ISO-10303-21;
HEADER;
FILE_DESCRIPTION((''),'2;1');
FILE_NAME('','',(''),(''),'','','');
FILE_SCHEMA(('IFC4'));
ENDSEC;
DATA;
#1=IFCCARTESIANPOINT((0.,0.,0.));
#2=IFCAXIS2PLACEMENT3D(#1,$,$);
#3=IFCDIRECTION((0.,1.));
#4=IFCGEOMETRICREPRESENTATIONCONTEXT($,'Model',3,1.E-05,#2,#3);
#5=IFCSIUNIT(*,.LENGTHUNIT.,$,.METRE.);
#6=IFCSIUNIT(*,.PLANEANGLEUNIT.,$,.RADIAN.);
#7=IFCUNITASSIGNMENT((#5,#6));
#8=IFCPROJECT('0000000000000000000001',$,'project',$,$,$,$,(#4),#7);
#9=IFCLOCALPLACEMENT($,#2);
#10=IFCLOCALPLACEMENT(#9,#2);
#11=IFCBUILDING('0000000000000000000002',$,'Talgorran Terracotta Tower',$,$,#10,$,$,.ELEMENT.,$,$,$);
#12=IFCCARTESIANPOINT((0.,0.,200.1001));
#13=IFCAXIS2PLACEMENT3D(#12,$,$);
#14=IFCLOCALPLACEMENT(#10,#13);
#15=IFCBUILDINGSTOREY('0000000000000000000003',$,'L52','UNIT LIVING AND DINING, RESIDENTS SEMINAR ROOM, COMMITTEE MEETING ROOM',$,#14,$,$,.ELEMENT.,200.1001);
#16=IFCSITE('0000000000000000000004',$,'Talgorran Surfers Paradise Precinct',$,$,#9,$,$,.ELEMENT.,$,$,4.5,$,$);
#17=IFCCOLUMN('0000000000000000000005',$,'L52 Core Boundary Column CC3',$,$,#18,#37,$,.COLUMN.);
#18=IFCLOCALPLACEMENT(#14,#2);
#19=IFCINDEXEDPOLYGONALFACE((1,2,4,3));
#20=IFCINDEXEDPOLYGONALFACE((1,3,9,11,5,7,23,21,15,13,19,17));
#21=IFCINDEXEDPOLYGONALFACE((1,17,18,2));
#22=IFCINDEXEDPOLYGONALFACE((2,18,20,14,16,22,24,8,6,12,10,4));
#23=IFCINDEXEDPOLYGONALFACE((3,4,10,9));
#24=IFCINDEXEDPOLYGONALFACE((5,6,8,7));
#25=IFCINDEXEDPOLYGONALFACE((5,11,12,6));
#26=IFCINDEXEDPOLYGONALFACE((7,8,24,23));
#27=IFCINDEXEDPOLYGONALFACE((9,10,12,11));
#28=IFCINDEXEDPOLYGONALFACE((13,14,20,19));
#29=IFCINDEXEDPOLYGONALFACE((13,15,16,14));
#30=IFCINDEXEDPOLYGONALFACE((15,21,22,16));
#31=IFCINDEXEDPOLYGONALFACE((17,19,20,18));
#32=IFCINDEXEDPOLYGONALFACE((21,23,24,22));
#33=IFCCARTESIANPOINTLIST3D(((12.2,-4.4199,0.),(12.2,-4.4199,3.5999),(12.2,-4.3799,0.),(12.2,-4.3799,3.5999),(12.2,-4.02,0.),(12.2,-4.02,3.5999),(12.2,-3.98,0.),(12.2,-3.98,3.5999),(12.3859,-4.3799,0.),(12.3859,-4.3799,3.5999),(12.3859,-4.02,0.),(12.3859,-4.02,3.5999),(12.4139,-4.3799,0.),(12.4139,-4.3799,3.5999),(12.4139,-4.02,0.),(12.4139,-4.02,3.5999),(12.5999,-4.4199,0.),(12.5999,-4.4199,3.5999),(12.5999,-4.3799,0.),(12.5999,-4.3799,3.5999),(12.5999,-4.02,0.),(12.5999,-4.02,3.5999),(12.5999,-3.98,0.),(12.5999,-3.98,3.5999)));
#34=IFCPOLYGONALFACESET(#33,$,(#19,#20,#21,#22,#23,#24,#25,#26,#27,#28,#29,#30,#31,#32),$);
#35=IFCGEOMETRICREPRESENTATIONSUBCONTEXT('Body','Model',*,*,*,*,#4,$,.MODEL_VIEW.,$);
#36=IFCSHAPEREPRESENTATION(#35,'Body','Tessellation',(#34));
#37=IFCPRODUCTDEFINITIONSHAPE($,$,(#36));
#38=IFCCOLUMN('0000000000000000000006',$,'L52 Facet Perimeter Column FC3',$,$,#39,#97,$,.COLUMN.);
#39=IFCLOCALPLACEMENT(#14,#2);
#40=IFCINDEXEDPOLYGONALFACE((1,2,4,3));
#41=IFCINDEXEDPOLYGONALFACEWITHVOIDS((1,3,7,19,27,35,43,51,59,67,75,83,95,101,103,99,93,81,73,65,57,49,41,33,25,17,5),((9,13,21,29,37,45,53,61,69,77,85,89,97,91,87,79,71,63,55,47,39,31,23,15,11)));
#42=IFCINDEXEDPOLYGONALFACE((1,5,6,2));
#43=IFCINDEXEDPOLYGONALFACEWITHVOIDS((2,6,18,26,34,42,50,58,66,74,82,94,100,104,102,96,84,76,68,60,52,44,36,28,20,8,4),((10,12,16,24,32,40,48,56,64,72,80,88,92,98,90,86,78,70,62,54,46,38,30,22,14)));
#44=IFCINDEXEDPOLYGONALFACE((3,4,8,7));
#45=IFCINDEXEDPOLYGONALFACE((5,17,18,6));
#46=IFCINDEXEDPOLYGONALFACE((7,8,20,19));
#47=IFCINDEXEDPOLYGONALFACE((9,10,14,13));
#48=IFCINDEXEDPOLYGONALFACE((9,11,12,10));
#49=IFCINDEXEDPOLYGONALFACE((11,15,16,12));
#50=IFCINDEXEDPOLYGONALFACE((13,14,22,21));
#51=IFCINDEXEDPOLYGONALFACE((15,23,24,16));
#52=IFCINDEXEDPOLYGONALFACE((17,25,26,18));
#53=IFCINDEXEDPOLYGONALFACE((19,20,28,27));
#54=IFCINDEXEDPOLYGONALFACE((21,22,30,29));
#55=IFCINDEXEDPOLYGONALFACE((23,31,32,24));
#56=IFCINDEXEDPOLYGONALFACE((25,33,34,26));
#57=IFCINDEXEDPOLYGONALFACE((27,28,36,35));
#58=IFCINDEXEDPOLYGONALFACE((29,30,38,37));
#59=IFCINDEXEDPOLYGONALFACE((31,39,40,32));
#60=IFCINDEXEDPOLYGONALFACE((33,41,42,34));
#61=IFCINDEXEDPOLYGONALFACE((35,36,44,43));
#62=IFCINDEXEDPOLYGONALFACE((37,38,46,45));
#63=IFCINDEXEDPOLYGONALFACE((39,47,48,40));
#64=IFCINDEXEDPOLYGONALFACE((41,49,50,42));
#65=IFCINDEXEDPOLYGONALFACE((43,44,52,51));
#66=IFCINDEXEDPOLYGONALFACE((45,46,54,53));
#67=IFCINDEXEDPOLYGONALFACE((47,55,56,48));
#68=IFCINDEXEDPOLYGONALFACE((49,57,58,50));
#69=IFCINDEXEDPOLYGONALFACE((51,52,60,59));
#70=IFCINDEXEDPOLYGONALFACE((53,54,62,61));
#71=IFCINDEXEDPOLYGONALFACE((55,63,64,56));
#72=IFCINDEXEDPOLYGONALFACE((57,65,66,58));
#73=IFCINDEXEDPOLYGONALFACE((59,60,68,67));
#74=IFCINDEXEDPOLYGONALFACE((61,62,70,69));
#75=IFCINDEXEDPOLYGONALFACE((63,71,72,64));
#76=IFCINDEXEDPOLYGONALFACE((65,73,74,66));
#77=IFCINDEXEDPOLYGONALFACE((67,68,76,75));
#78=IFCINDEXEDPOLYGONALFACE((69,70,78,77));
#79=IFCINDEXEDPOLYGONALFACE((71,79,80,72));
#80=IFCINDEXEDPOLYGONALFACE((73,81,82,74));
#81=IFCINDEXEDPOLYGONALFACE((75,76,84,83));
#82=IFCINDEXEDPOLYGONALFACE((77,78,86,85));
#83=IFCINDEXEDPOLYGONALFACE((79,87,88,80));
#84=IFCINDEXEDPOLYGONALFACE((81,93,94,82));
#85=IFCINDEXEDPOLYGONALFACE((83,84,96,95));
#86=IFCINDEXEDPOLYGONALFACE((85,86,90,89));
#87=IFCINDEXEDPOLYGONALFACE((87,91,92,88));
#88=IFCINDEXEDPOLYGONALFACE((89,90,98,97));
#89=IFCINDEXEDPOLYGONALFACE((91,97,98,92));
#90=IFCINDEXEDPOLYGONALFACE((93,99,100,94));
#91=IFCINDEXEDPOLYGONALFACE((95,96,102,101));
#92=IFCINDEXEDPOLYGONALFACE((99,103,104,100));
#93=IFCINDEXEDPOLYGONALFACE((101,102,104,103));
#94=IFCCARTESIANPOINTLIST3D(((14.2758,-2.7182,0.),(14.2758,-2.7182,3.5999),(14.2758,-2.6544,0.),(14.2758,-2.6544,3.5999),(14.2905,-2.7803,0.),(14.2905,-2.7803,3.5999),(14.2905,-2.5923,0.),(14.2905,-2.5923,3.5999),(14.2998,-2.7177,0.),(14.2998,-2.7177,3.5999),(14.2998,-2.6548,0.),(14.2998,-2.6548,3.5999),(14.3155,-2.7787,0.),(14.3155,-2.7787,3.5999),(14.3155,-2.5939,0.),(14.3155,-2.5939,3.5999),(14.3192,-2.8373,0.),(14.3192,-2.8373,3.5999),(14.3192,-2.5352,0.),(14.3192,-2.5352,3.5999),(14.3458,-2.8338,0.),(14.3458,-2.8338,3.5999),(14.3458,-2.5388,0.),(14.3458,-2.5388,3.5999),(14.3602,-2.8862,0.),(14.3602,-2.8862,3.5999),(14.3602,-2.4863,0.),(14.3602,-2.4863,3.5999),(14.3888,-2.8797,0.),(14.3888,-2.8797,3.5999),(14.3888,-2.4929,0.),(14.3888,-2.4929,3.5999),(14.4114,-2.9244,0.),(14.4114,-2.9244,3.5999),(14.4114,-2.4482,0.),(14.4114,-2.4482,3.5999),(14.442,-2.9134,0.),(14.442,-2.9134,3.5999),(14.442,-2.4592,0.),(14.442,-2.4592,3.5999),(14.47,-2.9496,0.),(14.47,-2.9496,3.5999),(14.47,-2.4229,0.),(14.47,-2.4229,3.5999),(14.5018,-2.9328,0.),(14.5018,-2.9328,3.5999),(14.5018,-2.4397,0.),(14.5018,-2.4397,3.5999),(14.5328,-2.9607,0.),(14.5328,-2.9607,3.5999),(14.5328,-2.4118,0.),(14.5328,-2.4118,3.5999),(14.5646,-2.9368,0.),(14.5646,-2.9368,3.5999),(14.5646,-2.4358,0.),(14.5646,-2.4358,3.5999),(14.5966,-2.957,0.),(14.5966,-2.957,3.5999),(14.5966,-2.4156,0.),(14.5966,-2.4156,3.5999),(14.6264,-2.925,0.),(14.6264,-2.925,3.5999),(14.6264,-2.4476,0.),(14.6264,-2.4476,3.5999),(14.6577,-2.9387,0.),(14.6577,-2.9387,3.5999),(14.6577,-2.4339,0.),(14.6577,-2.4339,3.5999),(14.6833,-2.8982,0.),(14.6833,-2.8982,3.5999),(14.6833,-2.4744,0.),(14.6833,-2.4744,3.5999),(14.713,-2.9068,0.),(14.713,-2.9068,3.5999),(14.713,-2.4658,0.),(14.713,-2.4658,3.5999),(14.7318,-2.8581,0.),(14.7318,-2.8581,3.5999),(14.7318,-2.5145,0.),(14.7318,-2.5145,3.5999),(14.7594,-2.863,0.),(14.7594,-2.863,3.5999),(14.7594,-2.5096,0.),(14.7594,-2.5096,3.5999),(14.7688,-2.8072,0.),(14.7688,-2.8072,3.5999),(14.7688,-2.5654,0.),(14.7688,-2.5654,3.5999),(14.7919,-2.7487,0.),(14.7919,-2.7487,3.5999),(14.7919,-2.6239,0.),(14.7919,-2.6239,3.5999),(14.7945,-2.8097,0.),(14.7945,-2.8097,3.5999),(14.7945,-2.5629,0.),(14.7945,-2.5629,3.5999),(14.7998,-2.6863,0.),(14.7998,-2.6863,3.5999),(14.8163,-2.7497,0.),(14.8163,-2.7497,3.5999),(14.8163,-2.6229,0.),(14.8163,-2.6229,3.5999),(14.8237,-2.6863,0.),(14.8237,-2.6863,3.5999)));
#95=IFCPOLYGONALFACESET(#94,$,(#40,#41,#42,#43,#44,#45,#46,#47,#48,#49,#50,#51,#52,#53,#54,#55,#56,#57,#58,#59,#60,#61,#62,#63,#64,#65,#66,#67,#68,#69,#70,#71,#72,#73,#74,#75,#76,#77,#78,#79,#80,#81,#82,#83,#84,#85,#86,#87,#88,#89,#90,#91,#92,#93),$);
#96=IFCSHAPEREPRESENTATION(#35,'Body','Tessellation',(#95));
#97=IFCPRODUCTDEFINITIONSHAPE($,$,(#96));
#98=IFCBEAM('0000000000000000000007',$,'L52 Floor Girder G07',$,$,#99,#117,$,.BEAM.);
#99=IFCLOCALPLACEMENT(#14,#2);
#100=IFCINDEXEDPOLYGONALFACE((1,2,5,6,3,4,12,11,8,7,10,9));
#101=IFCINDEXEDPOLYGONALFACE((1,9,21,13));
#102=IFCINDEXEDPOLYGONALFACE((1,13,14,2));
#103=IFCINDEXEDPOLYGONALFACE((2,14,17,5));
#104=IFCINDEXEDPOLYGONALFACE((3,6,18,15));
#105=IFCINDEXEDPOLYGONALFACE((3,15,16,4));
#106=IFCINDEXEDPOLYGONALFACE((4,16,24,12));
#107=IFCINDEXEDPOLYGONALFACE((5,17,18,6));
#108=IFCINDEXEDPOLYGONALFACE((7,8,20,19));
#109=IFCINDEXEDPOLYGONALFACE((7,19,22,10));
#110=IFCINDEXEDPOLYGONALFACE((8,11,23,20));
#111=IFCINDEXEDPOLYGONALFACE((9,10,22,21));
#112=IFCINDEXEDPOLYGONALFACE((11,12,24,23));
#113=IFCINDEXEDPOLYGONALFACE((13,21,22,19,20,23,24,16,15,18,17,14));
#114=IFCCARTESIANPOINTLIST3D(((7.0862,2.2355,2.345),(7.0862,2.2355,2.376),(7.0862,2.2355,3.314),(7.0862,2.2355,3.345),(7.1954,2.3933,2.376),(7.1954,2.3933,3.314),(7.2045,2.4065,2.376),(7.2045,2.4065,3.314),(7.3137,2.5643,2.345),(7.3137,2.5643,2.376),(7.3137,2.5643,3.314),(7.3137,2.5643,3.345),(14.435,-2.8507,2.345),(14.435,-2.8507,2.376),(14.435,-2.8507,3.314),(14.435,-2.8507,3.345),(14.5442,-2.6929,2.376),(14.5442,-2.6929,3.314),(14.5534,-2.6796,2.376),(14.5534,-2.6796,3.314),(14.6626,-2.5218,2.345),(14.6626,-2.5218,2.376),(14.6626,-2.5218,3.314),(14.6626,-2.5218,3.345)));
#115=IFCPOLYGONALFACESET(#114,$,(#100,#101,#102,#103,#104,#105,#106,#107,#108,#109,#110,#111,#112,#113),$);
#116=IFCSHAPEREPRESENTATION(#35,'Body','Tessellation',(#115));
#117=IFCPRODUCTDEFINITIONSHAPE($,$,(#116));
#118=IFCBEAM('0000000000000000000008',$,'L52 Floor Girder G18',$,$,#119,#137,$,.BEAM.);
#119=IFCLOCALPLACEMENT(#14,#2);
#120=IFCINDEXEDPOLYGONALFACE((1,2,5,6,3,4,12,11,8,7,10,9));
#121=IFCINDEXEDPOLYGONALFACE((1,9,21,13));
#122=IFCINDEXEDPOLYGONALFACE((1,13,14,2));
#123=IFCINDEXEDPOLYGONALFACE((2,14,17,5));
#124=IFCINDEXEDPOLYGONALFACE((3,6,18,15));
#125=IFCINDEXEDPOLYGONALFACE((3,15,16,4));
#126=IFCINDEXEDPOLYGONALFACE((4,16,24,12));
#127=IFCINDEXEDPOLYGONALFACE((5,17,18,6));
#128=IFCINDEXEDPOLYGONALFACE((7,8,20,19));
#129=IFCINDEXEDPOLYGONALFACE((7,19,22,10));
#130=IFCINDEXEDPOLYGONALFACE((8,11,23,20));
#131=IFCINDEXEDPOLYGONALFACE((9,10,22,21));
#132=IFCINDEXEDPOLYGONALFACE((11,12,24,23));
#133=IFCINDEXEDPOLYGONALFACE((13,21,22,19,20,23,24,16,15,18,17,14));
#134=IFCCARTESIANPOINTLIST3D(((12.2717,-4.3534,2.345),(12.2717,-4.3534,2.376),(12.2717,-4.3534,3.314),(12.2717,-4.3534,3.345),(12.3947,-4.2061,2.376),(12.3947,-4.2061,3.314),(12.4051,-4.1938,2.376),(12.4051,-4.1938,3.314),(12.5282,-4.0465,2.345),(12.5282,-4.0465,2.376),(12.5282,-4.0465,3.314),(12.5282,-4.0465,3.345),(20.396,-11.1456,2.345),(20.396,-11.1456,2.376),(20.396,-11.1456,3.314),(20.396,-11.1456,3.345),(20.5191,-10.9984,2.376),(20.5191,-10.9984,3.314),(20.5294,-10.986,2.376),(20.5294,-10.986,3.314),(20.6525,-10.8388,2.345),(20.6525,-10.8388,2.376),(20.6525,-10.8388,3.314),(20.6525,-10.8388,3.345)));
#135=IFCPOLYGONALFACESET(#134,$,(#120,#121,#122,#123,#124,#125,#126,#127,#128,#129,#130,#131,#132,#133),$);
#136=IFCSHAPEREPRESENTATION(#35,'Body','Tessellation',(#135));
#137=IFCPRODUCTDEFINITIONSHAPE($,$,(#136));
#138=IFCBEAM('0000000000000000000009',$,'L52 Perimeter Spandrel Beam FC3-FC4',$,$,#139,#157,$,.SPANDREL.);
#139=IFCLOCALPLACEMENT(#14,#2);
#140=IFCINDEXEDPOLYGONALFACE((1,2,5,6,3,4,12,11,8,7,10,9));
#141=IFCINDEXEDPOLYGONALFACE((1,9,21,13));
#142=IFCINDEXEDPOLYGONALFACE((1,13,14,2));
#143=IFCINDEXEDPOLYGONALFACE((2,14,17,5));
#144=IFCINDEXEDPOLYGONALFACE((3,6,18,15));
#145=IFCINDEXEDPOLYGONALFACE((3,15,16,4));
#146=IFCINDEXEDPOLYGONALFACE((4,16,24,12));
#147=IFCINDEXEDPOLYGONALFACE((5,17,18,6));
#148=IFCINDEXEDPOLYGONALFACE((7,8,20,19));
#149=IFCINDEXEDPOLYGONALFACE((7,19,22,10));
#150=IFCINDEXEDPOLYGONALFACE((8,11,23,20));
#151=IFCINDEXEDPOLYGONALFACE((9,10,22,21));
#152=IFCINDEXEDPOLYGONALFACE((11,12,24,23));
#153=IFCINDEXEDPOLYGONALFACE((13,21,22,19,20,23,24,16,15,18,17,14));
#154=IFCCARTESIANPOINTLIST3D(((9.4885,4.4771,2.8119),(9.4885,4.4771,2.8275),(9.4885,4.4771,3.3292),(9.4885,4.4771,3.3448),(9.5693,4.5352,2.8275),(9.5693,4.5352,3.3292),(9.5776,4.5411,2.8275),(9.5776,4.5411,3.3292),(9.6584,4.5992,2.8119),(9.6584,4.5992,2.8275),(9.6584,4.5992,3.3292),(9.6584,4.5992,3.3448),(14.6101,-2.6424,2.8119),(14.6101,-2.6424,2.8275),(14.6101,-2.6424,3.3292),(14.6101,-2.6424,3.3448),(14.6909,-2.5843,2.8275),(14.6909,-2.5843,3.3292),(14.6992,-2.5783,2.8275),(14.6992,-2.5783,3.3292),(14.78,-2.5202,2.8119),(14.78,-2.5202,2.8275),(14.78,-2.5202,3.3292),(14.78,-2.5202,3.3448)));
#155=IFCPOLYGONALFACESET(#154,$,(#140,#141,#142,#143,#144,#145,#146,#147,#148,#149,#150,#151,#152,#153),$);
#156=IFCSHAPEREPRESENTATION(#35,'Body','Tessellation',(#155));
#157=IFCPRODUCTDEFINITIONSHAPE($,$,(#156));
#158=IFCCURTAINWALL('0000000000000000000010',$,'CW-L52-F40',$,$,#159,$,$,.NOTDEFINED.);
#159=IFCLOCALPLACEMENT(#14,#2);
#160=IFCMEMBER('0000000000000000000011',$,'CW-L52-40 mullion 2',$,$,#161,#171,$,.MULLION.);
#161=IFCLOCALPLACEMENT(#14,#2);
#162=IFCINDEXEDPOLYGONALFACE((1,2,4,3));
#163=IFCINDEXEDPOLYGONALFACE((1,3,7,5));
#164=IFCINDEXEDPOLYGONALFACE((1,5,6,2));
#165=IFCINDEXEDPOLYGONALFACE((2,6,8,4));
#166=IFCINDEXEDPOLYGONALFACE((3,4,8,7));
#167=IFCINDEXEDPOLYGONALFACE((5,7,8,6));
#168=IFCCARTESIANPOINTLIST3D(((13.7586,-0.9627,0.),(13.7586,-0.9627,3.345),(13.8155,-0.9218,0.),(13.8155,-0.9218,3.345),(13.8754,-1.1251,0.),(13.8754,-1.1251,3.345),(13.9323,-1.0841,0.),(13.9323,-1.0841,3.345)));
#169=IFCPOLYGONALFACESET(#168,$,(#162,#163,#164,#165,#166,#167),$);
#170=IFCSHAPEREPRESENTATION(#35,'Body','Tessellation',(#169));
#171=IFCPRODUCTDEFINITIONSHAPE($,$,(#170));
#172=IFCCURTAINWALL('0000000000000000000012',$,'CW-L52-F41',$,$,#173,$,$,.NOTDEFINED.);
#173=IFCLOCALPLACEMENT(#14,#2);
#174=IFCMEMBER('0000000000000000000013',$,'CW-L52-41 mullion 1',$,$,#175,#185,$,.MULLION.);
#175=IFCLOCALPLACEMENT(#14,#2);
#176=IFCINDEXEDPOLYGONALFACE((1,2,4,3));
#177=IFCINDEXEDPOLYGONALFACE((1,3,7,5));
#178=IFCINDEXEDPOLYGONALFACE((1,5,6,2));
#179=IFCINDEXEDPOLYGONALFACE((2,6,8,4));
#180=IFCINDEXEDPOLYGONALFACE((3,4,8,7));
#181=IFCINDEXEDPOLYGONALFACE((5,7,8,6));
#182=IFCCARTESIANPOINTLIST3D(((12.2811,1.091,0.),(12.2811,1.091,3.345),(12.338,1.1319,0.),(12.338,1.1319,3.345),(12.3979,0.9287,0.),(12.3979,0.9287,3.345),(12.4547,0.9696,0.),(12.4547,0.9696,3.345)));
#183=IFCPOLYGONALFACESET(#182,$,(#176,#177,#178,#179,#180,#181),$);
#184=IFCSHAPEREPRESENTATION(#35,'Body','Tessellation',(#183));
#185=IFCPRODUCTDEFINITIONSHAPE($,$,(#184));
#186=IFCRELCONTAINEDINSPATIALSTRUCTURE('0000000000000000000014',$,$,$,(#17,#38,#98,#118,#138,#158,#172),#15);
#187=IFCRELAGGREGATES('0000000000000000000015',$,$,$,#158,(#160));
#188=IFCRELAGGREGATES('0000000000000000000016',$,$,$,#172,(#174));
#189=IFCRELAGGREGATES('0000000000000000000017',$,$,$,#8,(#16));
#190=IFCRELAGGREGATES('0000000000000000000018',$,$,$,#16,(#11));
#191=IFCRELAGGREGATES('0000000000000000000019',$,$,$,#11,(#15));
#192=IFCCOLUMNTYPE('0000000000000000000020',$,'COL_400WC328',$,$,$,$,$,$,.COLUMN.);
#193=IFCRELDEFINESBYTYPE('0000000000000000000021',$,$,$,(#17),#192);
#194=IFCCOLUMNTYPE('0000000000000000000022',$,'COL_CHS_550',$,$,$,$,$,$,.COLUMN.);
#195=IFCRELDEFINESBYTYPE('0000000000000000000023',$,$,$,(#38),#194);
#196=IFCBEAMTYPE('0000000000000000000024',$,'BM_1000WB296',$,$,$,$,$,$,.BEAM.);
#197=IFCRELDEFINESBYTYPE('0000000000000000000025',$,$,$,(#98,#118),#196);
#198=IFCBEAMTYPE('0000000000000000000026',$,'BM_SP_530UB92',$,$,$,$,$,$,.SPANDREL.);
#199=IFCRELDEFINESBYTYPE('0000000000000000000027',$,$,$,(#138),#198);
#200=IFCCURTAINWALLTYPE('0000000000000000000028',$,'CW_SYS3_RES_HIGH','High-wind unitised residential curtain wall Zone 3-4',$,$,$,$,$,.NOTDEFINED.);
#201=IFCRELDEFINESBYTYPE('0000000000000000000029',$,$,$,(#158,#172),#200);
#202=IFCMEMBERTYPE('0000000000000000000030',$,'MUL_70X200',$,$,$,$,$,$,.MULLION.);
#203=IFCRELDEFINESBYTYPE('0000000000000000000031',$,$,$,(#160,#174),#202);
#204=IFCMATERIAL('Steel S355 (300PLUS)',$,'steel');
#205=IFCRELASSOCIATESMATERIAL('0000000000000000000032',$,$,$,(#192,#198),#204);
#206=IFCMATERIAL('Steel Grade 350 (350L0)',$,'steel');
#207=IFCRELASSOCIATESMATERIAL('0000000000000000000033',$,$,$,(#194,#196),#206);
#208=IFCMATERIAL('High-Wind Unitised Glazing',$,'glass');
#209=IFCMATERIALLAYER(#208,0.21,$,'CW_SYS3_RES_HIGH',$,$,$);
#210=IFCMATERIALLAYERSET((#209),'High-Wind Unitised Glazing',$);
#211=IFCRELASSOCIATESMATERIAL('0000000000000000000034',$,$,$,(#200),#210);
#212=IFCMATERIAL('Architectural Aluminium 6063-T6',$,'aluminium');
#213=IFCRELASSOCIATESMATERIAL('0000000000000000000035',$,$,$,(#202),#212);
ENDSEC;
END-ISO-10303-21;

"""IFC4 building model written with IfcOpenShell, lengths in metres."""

from ifc_helpers import new_model, si_unit, direction, frame, origin, origin_2d, place, context, subcontext, project, spatial, rectangle, hollow_circle, i_section, extrude, material, layer, layer_set, material_profile, profile_set, type_object, element, aggregate, save


model = new_model("IFC4")

# Units and contexts
model_context = context("Model", 3, precision=1e-05, world=origin(), true_north=direction((0.0, 1.0)))
body_context = subcontext(model_context, "Body", "Model", "MODEL_VIEW")
ifc_project = project(units=[si_unit("LENGTHUNIT", "METRE"), si_unit("PLANEANGLEUNIT", "RADIAN")], contexts=[model_context])

# Site, building, storey
site_placement = place(None, origin())
site = spatial("IfcSite", under=ifc_project, at=site_placement, Name="Talgorran Surfers Paradise Precinct", CompositionType="ELEMENT", RefElevation=4.5)
building_placement = place(site_placement, origin())
building = spatial("IfcBuilding", under=site, at=building_placement, Name="Talgorran Terracotta Tower", CompositionType="ELEMENT")
storey_placement = place(building_placement, frame((0.0, 0.0, 200.1001)))
storey = spatial("IfcBuildingStorey", under=building, at=storey_placement, Name="L52", Description="UNIT LIVING AND DINING, RESIDENTS SEMINAR ROOM, COMMITTEE MEETING ROOM", CompositionType="ELEMENT", Elevation=200.1001)

# Columns
ifc_material_1 = material(Name="Steel S355 (300PLUS)", Category="steel")
ifc_material_profile_1 = material_profile(ifc_material_1, i_section(OverallWidth=0.3999, OverallDepth=0.4399, WebThickness=0.0281, FlangeThickness=0.04, at=origin_2d()), Name="400WC328")
ifc_profile_set_1 = profile_set([ifc_material_profile_1], Name="Steel S355 (300PLUS)")
column_type_1 = type_object("IfcColumnType", Name="COL_400WC328", PredefinedType="COLUMN", material=ifc_profile_set_1)
column_1_placement = place(storey_placement, frame((12.3999, -4.2, 0.0), z_axis=(0.0, 0.0, 1.0), x_axis=(1.0, 0.0, 0.0)))
element("IfcColumn", 1, at=column_1_placement, inside=storey, type_object=column_type_1, Name="L52 Core Boundary Column CC3", PredefinedType="COLUMN", context=body_context, shape_type="SweptSolid", body=[
    extrude(i_section(OverallWidth=0.3999, OverallDepth=0.4399, WebThickness=0.0281, FlangeThickness=0.04, at=origin_2d()), origin(), (0.0, 0.0, 1.0), 3.5999),
])
ifc_material_2 = material(Name="Steel Grade 350 (350L0)", Category="steel")
ifc_material_profile_2 = material_profile(ifc_material_2, hollow_circle(Radius=0.2749, WallThickness=0.0239, at=origin_2d()), Name="CHS550X24")
ifc_profile_set_2 = profile_set([ifc_material_profile_2], Name="Steel Grade 350 (350L0)")
column_type_2 = type_object("IfcColumnType", Name="COL_CHS_550", PredefinedType="COLUMN", material=ifc_profile_set_2)
column_2_placement = place(storey_placement, frame((14.5488, -2.6863, 0.0), z_axis=(0.0, 0.0, 1.0), x_axis=(1.0, 0.0, 0.0)))
element("IfcColumn", 2, at=column_2_placement, inside=storey, type_object=column_type_2, Name="L52 Facet Perimeter Column FC3", PredefinedType="COLUMN", context=body_context, shape_type="SweptSolid", body=[
    extrude(hollow_circle(Radius=0.2749, WallThickness=0.0239, at=origin_2d()), origin(), (0.0, 0.0, 1.0), 3.5999),
])

# Beams
ifc_material_profile_3 = material_profile(ifc_material_2, i_section(OverallWidth=0.3999, OverallDepth=1.0, WebThickness=0.0161, FlangeThickness=0.031, at=origin_2d()), Name="1000WB296")
ifc_profile_set_3 = profile_set([ifc_material_profile_3], Name="Steel Grade 350 (350L0)")
beam_type_1 = type_object("IfcBeamType", Name="BM_1000WB296", PredefinedType="BEAM", material=ifc_profile_set_3)
beam_1_placement = place(storey_placement, frame((7.2, 2.3999, 2.845), z_axis=(0.822271, -0.569096, 0.0), x_axis=(0.569096, 0.822271, 0.0)))
element("IfcBeam", 3, at=beam_1_placement, inside=storey, type_object=beam_type_1, Name="L52 Floor Girder G07", PredefinedType="BEAM", context=body_context, shape_type="SweptSolid", body=[
    extrude(i_section(OverallWidth=0.3999, OverallDepth=1.0, WebThickness=0.0161, FlangeThickness=0.031, at=origin_2d()), origin(), (0.0, 0.0, 1.0), 8.9373),
])
beam_2_placement = place(storey_placement, frame((12.3999, -4.2, 2.845), z_axis=(0.767198, -0.64141, 0.0), x_axis=(0.64141, 0.767198, 0.0)))
element("IfcBeam", 4, at=beam_2_placement, inside=storey, type_object=beam_type_1, Name="L52 Floor Girder G18", PredefinedType="BEAM", context=body_context, shape_type="SweptSolid", body=[
    extrude(i_section(OverallWidth=0.3999, OverallDepth=1.0, WebThickness=0.0161, FlangeThickness=0.031, at=origin_2d()), origin(), (0.0, 0.0, 1.0), 10.5896),
])
ifc_material_profile_4 = material_profile(ifc_material_1, i_section(OverallWidth=0.2092, OverallDepth=0.533, WebThickness=0.0103, FlangeThickness=0.0156, at=origin_2d()), Name="530UB92.4")
ifc_profile_set_4 = profile_set([ifc_material_profile_4], Name="Steel S355 (300PLUS)")
beam_type_2 = type_object("IfcBeamType", Name="BM_SP_530UB92", PredefinedType="SPANDREL", material=ifc_profile_set_4)
beam_3_placement = place(storey_placement, frame((14.6951, -2.5813, 3.0784), z_axis=(-0.583976, 0.811771, 0.0), x_axis=(-0.811771, -0.583976, 0.0)))
element("IfcBeam", 5, at=beam_3_placement, inside=storey, type_object=beam_type_2, Name="L52 Perimeter Spandrel Beam FC3-FC4", PredefinedType="SPANDREL", context=body_context, shape_type="SweptSolid", body=[
    extrude(i_section(OverallWidth=0.2092, OverallDepth=0.533, WebThickness=0.0103, FlangeThickness=0.0156, at=origin_2d()), origin(), (0.0, 0.0, 1.0), 8.7703),
])

# Curtain wall, member
ifc_material_3 = material(Name="High-Wind Unitised Glazing", Category="glass")
ifc_layer_1 = layer(ifc_material_3, 0.21, Name="CW_SYS3_RES_HIGH")
ifc_layer_set_1 = layer_set([ifc_layer_1], Name="High-Wind Unitised Glazing")
curtain_wall_type = type_object("IfcCurtainWallType", Name="CW_SYS3_RES_HIGH", Description="High-wind unitised residential curtain wall Zone 3-4", PredefinedType="NOTDEFINED", material=ifc_layer_set_1)
curtain_wall_1_placement = place(storey_placement, origin())
curtain_wall_1 = element("IfcCurtainWall", 6, at=curtain_wall_1_placement, inside=storey, type_object=curtain_wall_type, Name="CW-L52-F40", PredefinedType="NOTDEFINED")
ifc_material_4 = material(Name="Architectural Aluminium 6063-T6", Category="aluminium")
ifc_material_profile_5 = material_profile(ifc_material_4, rectangle(XDim=0.0701, YDim=0.2, at=origin_2d()), Name="CWM70X200")
ifc_profile_set_5 = profile_set([ifc_material_profile_5], Name="Architectural Aluminium 6063-T6")
member_type_1 = type_object("IfcMemberType", Name="MUL_70X200", PredefinedType="MULLION", material=ifc_profile_set_5)
member_1_placement = place(storey_placement, frame((13.8455, -1.0234, 0.0), z_axis=(0.0, 0.0, 1.0), x_axis=(-0.811764, -0.583986, 0.0)))
member_1 = element("IfcMember", 7, at=member_1_placement, type_object=member_type_1, Name="CW-L52-40 mullion 2", PredefinedType="MULLION", context=body_context, shape_type="SweptSolid", body=[
    extrude(rectangle(XDim=0.0701, YDim=0.2, at=origin_2d()), origin(), (0.0, 0.0, 1.0), 3.345),
])
aggregate(curtain_wall_1, [member_1])

# Curtain wall, member
curtain_wall_2_placement = place(storey_placement, origin())
curtain_wall_2 = element("IfcCurtainWall", 8, at=curtain_wall_2_placement, inside=storey, type_object=curtain_wall_type, Name="CW-L52-F41", PredefinedType="NOTDEFINED")
member_2_placement = place(storey_placement, frame((12.3679, 1.0303, 0.0), z_axis=(0.0, 0.0, 1.0), x_axis=(-0.811765, -0.583984, 0.0)))
member_2 = element("IfcMember", 9, at=member_2_placement, type_object=member_type_1, Name="CW-L52-41 mullion 1", PredefinedType="MULLION", context=body_context, shape_type="SweptSolid", body=[
    extrude(rectangle(XDim=0.0701, YDim=0.2, at=origin_2d()), origin(), (0.0, 0.0, 1.0), 3.345),
])
aggregate(curtain_wall_2, [member_2])

save(model, "model.ifc")
